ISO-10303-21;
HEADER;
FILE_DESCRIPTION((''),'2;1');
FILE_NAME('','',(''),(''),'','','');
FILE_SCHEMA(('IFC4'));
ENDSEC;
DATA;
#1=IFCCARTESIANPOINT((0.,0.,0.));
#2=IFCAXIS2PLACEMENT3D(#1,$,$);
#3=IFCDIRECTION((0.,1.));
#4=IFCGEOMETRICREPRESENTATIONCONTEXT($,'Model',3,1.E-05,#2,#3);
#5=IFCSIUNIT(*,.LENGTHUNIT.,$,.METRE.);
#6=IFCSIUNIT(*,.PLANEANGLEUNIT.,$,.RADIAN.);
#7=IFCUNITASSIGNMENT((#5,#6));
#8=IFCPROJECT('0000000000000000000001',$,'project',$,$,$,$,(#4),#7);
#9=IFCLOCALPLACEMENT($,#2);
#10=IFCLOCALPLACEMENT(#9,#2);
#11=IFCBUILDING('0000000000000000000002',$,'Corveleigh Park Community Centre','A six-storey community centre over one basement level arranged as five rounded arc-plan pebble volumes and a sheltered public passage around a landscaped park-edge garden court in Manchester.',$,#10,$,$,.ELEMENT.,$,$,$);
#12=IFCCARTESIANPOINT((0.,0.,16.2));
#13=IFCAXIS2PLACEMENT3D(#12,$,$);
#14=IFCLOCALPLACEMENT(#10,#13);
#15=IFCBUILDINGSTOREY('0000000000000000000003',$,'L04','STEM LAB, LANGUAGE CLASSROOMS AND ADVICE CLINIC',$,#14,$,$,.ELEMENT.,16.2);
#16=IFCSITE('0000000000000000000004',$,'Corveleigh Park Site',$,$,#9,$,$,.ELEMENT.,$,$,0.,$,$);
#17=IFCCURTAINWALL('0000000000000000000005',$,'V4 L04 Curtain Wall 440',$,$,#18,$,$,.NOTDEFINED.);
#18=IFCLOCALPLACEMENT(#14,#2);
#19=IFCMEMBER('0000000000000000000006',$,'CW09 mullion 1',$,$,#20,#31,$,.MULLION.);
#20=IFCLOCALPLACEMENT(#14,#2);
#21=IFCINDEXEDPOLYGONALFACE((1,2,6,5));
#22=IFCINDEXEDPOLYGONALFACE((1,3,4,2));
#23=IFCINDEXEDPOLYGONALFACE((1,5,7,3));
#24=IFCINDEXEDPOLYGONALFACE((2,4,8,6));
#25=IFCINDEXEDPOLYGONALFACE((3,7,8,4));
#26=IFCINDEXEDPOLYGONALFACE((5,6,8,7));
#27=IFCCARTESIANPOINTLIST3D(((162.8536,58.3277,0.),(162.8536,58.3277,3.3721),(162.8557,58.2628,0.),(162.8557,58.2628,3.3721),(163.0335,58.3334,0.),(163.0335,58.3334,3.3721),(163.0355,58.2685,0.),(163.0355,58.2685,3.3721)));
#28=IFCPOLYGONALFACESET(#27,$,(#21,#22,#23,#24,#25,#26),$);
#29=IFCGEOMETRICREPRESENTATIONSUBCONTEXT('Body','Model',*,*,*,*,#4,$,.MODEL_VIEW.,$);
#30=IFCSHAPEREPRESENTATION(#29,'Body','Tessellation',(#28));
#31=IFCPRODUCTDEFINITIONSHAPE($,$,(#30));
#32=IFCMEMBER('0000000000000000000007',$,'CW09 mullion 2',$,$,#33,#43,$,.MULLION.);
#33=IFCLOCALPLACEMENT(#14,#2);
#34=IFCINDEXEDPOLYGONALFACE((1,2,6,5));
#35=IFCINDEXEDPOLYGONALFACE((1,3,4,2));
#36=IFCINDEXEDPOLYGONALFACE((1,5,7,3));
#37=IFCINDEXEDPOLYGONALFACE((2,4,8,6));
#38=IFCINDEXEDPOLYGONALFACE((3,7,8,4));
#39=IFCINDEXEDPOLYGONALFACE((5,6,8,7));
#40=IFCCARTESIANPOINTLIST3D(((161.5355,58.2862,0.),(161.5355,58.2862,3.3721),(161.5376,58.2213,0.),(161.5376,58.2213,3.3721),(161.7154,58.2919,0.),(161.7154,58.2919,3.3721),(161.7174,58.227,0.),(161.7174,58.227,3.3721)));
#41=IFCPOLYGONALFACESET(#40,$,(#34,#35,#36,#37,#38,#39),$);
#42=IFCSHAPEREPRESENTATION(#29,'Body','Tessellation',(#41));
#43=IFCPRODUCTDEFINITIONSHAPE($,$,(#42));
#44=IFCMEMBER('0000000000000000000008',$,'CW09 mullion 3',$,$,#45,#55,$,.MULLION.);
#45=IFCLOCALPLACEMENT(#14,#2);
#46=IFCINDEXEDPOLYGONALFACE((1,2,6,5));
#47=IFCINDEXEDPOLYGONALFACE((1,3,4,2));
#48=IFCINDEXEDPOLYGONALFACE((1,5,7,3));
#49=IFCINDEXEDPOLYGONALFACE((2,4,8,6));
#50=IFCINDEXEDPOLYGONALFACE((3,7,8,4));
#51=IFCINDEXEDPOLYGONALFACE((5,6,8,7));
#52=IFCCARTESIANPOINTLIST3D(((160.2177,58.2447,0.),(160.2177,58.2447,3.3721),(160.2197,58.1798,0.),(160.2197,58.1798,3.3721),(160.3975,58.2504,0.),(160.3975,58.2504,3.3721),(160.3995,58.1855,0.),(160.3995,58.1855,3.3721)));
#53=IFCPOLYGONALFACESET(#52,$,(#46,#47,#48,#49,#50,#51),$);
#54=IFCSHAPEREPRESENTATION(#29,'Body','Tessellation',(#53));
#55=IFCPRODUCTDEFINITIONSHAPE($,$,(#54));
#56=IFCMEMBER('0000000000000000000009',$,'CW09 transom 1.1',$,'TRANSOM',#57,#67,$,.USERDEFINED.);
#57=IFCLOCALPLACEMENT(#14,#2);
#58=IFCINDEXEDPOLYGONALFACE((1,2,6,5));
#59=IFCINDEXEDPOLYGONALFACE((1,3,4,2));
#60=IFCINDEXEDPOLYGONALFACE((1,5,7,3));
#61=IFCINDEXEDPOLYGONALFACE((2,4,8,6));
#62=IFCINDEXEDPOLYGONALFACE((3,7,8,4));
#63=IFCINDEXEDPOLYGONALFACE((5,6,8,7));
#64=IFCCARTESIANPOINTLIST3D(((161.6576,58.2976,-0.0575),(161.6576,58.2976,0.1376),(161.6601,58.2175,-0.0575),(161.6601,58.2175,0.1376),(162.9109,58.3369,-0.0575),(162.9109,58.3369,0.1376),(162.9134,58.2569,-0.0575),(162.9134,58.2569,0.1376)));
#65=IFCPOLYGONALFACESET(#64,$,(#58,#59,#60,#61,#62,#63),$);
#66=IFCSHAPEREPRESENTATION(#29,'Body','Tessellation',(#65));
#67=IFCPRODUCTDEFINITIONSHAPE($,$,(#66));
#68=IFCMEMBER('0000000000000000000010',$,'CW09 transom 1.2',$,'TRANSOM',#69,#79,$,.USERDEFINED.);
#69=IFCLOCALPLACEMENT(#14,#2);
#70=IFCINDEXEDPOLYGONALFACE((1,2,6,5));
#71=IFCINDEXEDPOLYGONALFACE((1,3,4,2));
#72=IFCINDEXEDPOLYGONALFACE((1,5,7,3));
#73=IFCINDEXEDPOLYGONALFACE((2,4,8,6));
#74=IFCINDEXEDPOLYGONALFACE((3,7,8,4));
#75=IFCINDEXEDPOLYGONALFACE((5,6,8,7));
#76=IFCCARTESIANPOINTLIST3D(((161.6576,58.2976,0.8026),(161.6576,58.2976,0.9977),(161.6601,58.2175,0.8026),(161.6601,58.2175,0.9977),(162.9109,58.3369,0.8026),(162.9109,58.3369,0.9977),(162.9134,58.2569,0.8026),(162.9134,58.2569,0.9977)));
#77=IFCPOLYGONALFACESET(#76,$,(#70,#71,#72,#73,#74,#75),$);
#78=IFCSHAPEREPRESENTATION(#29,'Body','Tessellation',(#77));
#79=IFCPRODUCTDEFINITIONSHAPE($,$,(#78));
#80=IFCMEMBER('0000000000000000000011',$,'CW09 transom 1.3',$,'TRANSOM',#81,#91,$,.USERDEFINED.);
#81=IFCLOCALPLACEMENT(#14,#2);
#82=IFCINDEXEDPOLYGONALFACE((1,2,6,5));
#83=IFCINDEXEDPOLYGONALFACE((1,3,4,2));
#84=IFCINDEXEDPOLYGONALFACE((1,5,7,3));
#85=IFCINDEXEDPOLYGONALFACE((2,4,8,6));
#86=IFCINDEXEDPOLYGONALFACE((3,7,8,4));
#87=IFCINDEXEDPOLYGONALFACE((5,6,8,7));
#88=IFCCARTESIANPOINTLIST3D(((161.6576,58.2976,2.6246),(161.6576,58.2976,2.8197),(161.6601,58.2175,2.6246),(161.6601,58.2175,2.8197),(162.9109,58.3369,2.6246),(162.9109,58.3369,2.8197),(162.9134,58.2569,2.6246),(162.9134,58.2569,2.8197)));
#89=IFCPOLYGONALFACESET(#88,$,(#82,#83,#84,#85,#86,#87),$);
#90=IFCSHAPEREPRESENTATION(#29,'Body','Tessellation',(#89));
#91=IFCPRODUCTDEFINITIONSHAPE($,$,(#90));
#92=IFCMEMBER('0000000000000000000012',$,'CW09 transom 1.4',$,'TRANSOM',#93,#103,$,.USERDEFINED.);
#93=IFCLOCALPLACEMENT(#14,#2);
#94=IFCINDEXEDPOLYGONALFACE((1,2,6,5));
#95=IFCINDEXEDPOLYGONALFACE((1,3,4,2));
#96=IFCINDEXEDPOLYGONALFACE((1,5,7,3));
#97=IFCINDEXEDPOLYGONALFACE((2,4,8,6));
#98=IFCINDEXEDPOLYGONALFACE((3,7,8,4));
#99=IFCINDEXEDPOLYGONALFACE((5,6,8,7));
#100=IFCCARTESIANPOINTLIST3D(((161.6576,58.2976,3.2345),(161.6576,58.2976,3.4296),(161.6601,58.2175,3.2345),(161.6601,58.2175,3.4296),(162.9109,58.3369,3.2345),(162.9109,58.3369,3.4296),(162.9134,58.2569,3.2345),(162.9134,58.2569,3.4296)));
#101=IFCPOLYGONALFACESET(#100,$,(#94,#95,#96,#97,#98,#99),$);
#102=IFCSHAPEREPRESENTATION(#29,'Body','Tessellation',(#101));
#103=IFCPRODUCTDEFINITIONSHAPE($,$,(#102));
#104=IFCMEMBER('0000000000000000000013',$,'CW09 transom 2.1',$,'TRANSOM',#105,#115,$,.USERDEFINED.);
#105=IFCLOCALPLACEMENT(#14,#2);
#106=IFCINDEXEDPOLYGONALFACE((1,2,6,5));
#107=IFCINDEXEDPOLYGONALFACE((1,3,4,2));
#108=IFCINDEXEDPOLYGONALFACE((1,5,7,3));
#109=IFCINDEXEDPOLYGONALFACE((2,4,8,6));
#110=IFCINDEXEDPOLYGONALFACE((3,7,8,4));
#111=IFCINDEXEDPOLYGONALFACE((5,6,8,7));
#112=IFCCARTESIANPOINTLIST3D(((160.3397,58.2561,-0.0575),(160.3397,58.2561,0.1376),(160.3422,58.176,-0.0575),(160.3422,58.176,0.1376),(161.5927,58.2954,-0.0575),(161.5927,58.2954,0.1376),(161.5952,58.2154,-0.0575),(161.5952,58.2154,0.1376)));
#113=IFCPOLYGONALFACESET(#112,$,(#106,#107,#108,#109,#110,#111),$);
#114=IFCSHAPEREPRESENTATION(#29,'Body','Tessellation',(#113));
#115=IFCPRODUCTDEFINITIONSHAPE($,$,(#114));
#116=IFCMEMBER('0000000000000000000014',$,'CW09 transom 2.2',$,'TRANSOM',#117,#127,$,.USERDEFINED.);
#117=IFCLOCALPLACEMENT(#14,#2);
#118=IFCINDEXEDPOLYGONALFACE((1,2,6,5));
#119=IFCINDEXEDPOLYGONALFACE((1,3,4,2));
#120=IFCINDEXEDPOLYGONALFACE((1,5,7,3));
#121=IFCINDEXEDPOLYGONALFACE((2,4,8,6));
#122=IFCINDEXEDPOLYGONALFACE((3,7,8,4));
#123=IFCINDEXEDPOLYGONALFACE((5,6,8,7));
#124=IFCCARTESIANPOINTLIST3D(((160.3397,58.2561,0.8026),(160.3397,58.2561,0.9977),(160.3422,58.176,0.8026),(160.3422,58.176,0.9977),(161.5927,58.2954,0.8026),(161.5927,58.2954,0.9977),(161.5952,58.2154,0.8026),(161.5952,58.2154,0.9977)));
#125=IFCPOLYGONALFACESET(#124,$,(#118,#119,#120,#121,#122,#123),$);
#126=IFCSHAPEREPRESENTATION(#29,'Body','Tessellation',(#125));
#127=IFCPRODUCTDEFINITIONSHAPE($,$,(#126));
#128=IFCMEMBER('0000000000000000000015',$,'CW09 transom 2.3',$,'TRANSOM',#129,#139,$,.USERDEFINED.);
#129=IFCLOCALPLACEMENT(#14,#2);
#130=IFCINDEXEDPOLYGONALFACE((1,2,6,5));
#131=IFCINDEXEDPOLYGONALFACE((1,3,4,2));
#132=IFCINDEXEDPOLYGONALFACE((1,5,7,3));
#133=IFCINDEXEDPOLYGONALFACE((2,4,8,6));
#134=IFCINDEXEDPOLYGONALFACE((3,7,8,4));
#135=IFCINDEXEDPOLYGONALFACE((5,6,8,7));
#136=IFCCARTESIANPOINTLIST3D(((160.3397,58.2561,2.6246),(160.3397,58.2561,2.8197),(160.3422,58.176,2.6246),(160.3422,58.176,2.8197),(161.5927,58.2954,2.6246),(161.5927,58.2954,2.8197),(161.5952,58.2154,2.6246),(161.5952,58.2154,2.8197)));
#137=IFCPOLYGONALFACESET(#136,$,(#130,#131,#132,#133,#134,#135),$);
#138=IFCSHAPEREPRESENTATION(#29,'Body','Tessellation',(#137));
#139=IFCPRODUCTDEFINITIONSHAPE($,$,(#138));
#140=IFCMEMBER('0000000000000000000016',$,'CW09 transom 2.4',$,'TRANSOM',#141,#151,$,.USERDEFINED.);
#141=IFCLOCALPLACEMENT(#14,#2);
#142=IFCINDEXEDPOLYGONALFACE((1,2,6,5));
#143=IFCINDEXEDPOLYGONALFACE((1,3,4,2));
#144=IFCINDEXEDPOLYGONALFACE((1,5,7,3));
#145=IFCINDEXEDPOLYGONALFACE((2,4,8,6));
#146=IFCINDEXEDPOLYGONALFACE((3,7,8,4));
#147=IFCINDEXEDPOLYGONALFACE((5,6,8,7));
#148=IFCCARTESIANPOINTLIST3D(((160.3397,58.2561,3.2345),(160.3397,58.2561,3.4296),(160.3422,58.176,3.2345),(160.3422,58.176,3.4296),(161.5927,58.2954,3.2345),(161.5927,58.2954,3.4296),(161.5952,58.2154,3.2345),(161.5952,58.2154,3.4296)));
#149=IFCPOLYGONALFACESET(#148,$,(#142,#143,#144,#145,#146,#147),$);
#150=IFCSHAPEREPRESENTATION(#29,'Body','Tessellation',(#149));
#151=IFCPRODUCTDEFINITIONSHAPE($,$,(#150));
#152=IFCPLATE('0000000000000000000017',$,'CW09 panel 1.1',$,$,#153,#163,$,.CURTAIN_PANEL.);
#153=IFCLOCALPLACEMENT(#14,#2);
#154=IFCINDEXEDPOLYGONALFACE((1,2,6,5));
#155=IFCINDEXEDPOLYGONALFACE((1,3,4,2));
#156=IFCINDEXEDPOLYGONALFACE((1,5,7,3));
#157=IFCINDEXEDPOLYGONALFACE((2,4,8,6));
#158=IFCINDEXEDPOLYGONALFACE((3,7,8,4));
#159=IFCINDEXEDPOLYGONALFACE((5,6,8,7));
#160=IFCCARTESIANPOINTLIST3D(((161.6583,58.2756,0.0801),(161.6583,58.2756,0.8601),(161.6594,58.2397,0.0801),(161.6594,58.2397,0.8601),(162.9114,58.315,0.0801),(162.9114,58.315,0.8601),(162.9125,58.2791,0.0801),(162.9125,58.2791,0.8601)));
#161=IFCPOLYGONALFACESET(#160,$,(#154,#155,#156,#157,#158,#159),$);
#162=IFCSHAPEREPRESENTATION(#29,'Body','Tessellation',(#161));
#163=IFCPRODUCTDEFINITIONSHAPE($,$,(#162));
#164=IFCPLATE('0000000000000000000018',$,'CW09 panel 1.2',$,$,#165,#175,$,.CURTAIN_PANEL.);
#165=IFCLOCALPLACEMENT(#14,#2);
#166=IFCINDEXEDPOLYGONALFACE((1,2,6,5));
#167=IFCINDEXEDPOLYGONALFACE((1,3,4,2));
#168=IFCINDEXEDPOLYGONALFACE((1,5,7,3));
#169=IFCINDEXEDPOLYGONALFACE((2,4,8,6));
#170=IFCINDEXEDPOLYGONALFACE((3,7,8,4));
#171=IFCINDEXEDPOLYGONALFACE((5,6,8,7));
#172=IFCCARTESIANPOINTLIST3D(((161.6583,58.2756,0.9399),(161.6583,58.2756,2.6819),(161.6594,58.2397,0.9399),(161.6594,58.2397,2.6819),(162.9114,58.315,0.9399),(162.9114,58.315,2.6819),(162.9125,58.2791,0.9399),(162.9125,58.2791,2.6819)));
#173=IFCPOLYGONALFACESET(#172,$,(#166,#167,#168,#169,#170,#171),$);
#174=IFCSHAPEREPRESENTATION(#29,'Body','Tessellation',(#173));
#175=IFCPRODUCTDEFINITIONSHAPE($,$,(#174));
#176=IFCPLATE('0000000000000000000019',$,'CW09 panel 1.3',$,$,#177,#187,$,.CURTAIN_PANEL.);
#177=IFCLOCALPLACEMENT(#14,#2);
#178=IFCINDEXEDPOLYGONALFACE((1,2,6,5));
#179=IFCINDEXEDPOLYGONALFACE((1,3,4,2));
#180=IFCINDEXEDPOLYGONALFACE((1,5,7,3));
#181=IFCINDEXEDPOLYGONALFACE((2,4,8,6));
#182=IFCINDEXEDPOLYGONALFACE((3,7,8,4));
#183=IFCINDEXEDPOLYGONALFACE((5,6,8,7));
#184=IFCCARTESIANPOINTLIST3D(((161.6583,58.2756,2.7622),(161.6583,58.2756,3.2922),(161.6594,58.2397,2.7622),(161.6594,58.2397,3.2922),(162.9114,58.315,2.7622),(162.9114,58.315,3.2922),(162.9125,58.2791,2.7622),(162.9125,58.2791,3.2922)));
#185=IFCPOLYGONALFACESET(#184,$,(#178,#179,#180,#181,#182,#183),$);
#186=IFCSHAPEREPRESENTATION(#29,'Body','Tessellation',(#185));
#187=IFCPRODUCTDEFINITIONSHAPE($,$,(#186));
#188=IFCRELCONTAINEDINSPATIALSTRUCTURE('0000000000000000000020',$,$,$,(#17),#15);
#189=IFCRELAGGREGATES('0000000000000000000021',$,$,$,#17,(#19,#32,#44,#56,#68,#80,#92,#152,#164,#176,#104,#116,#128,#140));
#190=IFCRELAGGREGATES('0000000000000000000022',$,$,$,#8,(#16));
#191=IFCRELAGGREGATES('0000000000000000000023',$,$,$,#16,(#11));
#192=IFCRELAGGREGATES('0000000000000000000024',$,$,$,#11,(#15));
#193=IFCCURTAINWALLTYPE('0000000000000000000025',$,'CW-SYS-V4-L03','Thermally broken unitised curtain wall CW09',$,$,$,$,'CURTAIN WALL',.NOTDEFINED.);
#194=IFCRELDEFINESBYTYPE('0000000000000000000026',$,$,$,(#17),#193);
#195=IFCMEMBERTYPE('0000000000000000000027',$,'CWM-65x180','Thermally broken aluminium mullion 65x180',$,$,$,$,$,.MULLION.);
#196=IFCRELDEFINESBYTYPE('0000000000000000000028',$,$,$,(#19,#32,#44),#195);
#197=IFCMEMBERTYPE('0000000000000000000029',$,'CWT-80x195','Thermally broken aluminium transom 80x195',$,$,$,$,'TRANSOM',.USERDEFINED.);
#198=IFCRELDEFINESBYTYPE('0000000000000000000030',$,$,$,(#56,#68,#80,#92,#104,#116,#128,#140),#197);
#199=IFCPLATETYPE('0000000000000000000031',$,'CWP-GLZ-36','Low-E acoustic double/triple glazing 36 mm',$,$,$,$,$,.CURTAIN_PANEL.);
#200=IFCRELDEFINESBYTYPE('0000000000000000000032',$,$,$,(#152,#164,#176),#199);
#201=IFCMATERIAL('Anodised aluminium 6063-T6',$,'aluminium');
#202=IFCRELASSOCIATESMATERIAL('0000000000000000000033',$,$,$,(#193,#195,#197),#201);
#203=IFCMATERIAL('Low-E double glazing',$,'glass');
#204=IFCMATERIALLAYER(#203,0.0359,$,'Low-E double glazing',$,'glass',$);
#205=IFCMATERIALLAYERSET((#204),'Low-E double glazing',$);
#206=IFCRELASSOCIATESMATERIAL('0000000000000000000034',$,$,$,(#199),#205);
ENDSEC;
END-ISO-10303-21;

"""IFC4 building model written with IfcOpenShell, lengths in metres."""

from ifc_helpers import new_model, si_unit, direction, frame, origin, origin_2d, place, context, subcontext, project, spatial, rectangle, extrude, material, layer, layer_set, material_profile, profile_set, type_object, element, aggregate, save


model = new_model("IFC4")

# Units and contexts
model_context = context("Model", 3, precision=1e-05, world=origin(), true_north=direction((0.0, 1.0)))
body_context = subcontext(model_context, "Body", "Model", "MODEL_VIEW")
ifc_project = project(units=[si_unit("LENGTHUNIT", "METRE"), si_unit("PLANEANGLEUNIT", "RADIAN")], contexts=[model_context])

# Site, building, storey
site_placement = place(None, origin())
site = spatial("IfcSite", under=ifc_project, at=site_placement, Name="Corveleigh Park Site", CompositionType="ELEMENT", RefElevation=0.0)
building_placement = place(site_placement, origin())
building = spatial("IfcBuilding", under=site, at=building_placement, Name="Corveleigh Park Community Centre", Description="A six-storey community centre over one basement level arranged as five rounded arc-plan pebble volumes and a sheltered public passage around a landscaped park-edge garden court in Manchester.", CompositionType="ELEMENT")
storey_placement = place(building_placement, frame((0.0, 0.0, 16.2)))
storey = spatial("IfcBuildingStorey", under=building, at=storey_placement, Name="L04", Description="STEM LAB, LANGUAGE CLASSROOMS AND ADVICE CLINIC", CompositionType="ELEMENT", Elevation=16.2)

# Curtain wall, members, plates
ifc_material_1 = material(Name="Anodised aluminium 6063-T6", Category="aluminium")
curtain_wall_type = type_object("IfcCurtainWallType", Name="CW-SYS-V4-L03", Description="Thermally broken unitised curtain wall CW09", ElementType="CURTAIN WALL", PredefinedType="NOTDEFINED", material=ifc_material_1)
curtain_wall_placement = place(storey_placement, origin())
curtain_wall = element("IfcCurtainWall", 1, at=curtain_wall_placement, inside=storey, type_object=curtain_wall_type, Name="V4 L04 Curtain Wall 440", PredefinedType="NOTDEFINED")
ifc_material_profile_1 = material_profile(ifc_material_1, rectangle(XDim=0.0649, YDim=0.1799, at=origin_2d()), Name="ALU-M65x180", Category="aluminium")
ifc_profile_set_1 = profile_set([ifc_material_profile_1], Name="Anodised aluminium 6063-T6")
member_type_1 = type_object("IfcMemberType", Name="CWM-65x180", Description="Thermally broken aluminium mullion 65x180", PredefinedType="MULLION", material=ifc_profile_set_1)
member_1_placement = place(storey_placement, frame((162.9446, 58.2981, 0.0), z_axis=(0.0, 0.0, 1.0), x_axis=(0.031454, -0.999505, 0.0)))
member_1 = element("IfcMember", 2, at=member_1_placement, type_object=member_type_1, Name="CW09 mullion 1", PredefinedType="MULLION", context=body_context, shape_type="SweptSolid", body=[
    extrude(rectangle(XDim=0.0649, YDim=0.1799, at=origin_2d()), origin(), (0.0, 0.0, 1.0), 3.3721),
])
member_2_placement = place(storey_placement, frame((161.6265, 58.2566, 0.0), z_axis=(0.0, 0.0, 1.0), x_axis=(0.031454, -0.999505, 0.0)))
member_2 = element("IfcMember", 3, at=member_2_placement, type_object=member_type_1, Name="CW09 mullion 2", PredefinedType="MULLION", context=body_context, shape_type="SweptSolid", body=[
    extrude(rectangle(XDim=0.0649, YDim=0.1799, at=origin_2d()), origin(), (0.0, 0.0, 1.0), 3.3721),
])
member_3_placement = place(storey_placement, frame((160.3086, 58.2151, 0.0), z_axis=(0.0, 0.0, 1.0), x_axis=(0.031454, -0.999505, 0.0)))
member_3 = element("IfcMember", 4, at=member_3_placement, type_object=member_type_1, Name="CW09 mullion 3", PredefinedType="MULLION", context=body_context, shape_type="SweptSolid", body=[
    extrude(rectangle(XDim=0.0649, YDim=0.1799, at=origin_2d()), origin(), (0.0, 0.0, 1.0), 3.3721),
])
ifc_material_profile_2 = material_profile(ifc_material_1, rectangle(XDim=0.0801, YDim=0.1951, at=origin_2d()), Name="ALU-T80x195", Category="aluminium")
ifc_profile_set_2 = profile_set([ifc_material_profile_2], Name="Anodised aluminium 6063-T6")
member_type_2 = type_object("IfcMemberType", Name="CWT-80x195", Description="Thermally broken aluminium transom 80x195", ElementType="TRANSOM", PredefinedType="USERDEFINED", material=ifc_profile_set_2)
member_4_placement = place(storey_placement, frame((162.9121, 58.2969, 0.04), z_axis=(-0.999508, -0.03135, 0.0), x_axis=(0.03135, -0.999508, 0.0)))
member_4 = element("IfcMember", 5, at=member_4_placement, type_object=member_type_2, Name="CW09 transom 1.1", ObjectType="TRANSOM", PredefinedType="USERDEFINED", context=body_context, shape_type="SweptSolid", body=[
    extrude(rectangle(XDim=0.0801, YDim=0.1951, at=origin_2d()), origin(), (0.0, 0.0, 1.0), 1.2539),
])
member_5_placement = place(storey_placement, frame((162.9121, 58.2969, 0.9001), z_axis=(-0.999508, -0.03135, 0.0), x_axis=(0.03135, -0.999508, 0.0)))
member_5 = element("IfcMember", 6, at=member_5_placement, type_object=member_type_2, Name="CW09 transom 1.2", ObjectType="TRANSOM", PredefinedType="USERDEFINED", context=body_context, shape_type="SweptSolid", body=[
    extrude(rectangle(XDim=0.0801, YDim=0.1951, at=origin_2d()), origin(), (0.0, 0.0, 1.0), 1.2539),
])
member_6_placement = place(storey_placement, frame((162.9121, 58.2969, 2.7222), z_axis=(-0.999508, -0.03135, 0.0), x_axis=(0.03135, -0.999508, 0.0)))
member_6 = element("IfcMember", 7, at=member_6_placement, type_object=member_type_2, Name="CW09 transom 1.3", ObjectType="TRANSOM", PredefinedType="USERDEFINED", context=body_context, shape_type="SweptSolid", body=[
    extrude(rectangle(XDim=0.0801, YDim=0.1951, at=origin_2d()), origin(), (0.0, 0.0, 1.0), 1.2539),
])
member_7_placement = place(storey_placement, frame((162.9121, 58.2969, 3.332), z_axis=(-0.999508, -0.03135, 0.0), x_axis=(0.03135, -0.999508, 0.0)))
member_7 = element("IfcMember", 8, at=member_7_placement, type_object=member_type_2, Name="CW09 transom 1.4", ObjectType="TRANSOM", PredefinedType="USERDEFINED", context=body_context, shape_type="SweptSolid", body=[
    extrude(rectangle(XDim=0.0801, YDim=0.1951, at=origin_2d()), origin(), (0.0, 0.0, 1.0), 1.2539),
])
member_8_placement = place(storey_placement, frame((161.594, 58.2554, 0.04), z_axis=(-0.999508, -0.031356, 0.0), x_axis=(0.031356, -0.999508, 0.0)))
member_8 = element("IfcMember", 9, at=member_8_placement, type_object=member_type_2, Name="CW09 transom 2.1", ObjectType="TRANSOM", PredefinedType="USERDEFINED", context=body_context, shape_type="SweptSolid", body=[
    extrude(rectangle(XDim=0.0801, YDim=0.1951, at=origin_2d()), origin(), (0.0, 0.0, 1.0), 1.2537),
])
member_9_placement = place(storey_placement, frame((161.594, 58.2554, 0.9001), z_axis=(-0.999508, -0.031356, 0.0), x_axis=(0.031356, -0.999508, 0.0)))
member_9 = element("IfcMember", 10, at=member_9_placement, type_object=member_type_2, Name="CW09 transom 2.2", ObjectType="TRANSOM", PredefinedType="USERDEFINED", context=body_context, shape_type="SweptSolid", body=[
    extrude(rectangle(XDim=0.0801, YDim=0.1951, at=origin_2d()), origin(), (0.0, 0.0, 1.0), 1.2537),
])
member_10_placement = place(storey_placement, frame((161.594, 58.2554, 2.7222), z_axis=(-0.999508, -0.031356, 0.0), x_axis=(0.031356, -0.999508, 0.0)))
member_10 = element("IfcMember", 11, at=member_10_placement, type_object=member_type_2, Name="CW09 transom 2.3", ObjectType="TRANSOM", PredefinedType="USERDEFINED", context=body_context, shape_type="SweptSolid", body=[
    extrude(rectangle(XDim=0.0801, YDim=0.1951, at=origin_2d()), origin(), (0.0, 0.0, 1.0), 1.2537),
])
member_11_placement = place(storey_placement, frame((161.594, 58.2554, 3.332), z_axis=(-0.999508, -0.031356, 0.0), x_axis=(0.031356, -0.999508, 0.0)))
member_11 = element("IfcMember", 12, at=member_11_placement, type_object=member_type_2, Name="CW09 transom 2.4", ObjectType="TRANSOM", PredefinedType="USERDEFINED", context=body_context, shape_type="SweptSolid", body=[
    extrude(rectangle(XDim=0.0801, YDim=0.1951, at=origin_2d()), origin(), (0.0, 0.0, 1.0), 1.2537),
])
ifc_material_2 = material(Name="Low-E double glazing", Category="glass")
ifc_layer_1 = layer(ifc_material_2, 0.0359, Name="Low-E double glazing", Category="glass")
ifc_layer_set_1 = layer_set([ifc_layer_1], Name="Low-E double glazing")
plate_type = type_object("IfcPlateType", Name="CWP-GLZ-36", Description="Low-E acoustic double/triple glazing 36 mm", PredefinedType="CURTAIN_PANEL", material=ifc_layer_set_1)
plate_1_placement = place(storey_placement, frame((162.2854, 58.2773, 0.0801), z_axis=(0.0, 0.0, 1.0), x_axis=(-0.999505, -0.031454, 0.0)))
plate_1 = element("IfcPlate", 13, at=plate_1_placement, type_object=plate_type, Name="CW09 panel 1.1", PredefinedType="CURTAIN_PANEL", context=body_context, shape_type="SweptSolid", body=[
    extrude(rectangle(XDim=1.2537, YDim=0.0359, at=origin_2d()), origin(), (0.0, 0.0, 1.0), 0.78),
])
plate_2_placement = place(storey_placement, frame((162.2854, 58.2773, 0.9399), z_axis=(0.0, 0.0, 1.0), x_axis=(-0.999505, -0.031454, 0.0)))
plate_2 = element("IfcPlate", 14, at=plate_2_placement, type_object=plate_type, Name="CW09 panel 1.2", PredefinedType="CURTAIN_PANEL", context=body_context, shape_type="SweptSolid", body=[
    extrude(rectangle(XDim=1.2537, YDim=0.0359, at=origin_2d()), origin(), (0.0, 0.0, 1.0), 1.7419),
])
plate_3_placement = place(storey_placement, frame((162.2854, 58.2773, 2.7622), z_axis=(0.0, 0.0, 1.0), x_axis=(-0.999505, -0.031454, 0.0)))
plate_3 = element("IfcPlate", 15, at=plate_3_placement, type_object=plate_type, Name="CW09 panel 1.3", PredefinedType="CURTAIN_PANEL", context=body_context, shape_type="SweptSolid", body=[
    extrude(rectangle(XDim=1.2537, YDim=0.0359, at=origin_2d()), origin(), (0.0, 0.0, 1.0), 0.53),
])
aggregate(curtain_wall, [member_1, member_2, member_3, member_4, member_5, member_6, member_7, plate_1, plate_2, plate_3, member_8, member_9, member_10, member_11])

save(model, "model.ifc")
